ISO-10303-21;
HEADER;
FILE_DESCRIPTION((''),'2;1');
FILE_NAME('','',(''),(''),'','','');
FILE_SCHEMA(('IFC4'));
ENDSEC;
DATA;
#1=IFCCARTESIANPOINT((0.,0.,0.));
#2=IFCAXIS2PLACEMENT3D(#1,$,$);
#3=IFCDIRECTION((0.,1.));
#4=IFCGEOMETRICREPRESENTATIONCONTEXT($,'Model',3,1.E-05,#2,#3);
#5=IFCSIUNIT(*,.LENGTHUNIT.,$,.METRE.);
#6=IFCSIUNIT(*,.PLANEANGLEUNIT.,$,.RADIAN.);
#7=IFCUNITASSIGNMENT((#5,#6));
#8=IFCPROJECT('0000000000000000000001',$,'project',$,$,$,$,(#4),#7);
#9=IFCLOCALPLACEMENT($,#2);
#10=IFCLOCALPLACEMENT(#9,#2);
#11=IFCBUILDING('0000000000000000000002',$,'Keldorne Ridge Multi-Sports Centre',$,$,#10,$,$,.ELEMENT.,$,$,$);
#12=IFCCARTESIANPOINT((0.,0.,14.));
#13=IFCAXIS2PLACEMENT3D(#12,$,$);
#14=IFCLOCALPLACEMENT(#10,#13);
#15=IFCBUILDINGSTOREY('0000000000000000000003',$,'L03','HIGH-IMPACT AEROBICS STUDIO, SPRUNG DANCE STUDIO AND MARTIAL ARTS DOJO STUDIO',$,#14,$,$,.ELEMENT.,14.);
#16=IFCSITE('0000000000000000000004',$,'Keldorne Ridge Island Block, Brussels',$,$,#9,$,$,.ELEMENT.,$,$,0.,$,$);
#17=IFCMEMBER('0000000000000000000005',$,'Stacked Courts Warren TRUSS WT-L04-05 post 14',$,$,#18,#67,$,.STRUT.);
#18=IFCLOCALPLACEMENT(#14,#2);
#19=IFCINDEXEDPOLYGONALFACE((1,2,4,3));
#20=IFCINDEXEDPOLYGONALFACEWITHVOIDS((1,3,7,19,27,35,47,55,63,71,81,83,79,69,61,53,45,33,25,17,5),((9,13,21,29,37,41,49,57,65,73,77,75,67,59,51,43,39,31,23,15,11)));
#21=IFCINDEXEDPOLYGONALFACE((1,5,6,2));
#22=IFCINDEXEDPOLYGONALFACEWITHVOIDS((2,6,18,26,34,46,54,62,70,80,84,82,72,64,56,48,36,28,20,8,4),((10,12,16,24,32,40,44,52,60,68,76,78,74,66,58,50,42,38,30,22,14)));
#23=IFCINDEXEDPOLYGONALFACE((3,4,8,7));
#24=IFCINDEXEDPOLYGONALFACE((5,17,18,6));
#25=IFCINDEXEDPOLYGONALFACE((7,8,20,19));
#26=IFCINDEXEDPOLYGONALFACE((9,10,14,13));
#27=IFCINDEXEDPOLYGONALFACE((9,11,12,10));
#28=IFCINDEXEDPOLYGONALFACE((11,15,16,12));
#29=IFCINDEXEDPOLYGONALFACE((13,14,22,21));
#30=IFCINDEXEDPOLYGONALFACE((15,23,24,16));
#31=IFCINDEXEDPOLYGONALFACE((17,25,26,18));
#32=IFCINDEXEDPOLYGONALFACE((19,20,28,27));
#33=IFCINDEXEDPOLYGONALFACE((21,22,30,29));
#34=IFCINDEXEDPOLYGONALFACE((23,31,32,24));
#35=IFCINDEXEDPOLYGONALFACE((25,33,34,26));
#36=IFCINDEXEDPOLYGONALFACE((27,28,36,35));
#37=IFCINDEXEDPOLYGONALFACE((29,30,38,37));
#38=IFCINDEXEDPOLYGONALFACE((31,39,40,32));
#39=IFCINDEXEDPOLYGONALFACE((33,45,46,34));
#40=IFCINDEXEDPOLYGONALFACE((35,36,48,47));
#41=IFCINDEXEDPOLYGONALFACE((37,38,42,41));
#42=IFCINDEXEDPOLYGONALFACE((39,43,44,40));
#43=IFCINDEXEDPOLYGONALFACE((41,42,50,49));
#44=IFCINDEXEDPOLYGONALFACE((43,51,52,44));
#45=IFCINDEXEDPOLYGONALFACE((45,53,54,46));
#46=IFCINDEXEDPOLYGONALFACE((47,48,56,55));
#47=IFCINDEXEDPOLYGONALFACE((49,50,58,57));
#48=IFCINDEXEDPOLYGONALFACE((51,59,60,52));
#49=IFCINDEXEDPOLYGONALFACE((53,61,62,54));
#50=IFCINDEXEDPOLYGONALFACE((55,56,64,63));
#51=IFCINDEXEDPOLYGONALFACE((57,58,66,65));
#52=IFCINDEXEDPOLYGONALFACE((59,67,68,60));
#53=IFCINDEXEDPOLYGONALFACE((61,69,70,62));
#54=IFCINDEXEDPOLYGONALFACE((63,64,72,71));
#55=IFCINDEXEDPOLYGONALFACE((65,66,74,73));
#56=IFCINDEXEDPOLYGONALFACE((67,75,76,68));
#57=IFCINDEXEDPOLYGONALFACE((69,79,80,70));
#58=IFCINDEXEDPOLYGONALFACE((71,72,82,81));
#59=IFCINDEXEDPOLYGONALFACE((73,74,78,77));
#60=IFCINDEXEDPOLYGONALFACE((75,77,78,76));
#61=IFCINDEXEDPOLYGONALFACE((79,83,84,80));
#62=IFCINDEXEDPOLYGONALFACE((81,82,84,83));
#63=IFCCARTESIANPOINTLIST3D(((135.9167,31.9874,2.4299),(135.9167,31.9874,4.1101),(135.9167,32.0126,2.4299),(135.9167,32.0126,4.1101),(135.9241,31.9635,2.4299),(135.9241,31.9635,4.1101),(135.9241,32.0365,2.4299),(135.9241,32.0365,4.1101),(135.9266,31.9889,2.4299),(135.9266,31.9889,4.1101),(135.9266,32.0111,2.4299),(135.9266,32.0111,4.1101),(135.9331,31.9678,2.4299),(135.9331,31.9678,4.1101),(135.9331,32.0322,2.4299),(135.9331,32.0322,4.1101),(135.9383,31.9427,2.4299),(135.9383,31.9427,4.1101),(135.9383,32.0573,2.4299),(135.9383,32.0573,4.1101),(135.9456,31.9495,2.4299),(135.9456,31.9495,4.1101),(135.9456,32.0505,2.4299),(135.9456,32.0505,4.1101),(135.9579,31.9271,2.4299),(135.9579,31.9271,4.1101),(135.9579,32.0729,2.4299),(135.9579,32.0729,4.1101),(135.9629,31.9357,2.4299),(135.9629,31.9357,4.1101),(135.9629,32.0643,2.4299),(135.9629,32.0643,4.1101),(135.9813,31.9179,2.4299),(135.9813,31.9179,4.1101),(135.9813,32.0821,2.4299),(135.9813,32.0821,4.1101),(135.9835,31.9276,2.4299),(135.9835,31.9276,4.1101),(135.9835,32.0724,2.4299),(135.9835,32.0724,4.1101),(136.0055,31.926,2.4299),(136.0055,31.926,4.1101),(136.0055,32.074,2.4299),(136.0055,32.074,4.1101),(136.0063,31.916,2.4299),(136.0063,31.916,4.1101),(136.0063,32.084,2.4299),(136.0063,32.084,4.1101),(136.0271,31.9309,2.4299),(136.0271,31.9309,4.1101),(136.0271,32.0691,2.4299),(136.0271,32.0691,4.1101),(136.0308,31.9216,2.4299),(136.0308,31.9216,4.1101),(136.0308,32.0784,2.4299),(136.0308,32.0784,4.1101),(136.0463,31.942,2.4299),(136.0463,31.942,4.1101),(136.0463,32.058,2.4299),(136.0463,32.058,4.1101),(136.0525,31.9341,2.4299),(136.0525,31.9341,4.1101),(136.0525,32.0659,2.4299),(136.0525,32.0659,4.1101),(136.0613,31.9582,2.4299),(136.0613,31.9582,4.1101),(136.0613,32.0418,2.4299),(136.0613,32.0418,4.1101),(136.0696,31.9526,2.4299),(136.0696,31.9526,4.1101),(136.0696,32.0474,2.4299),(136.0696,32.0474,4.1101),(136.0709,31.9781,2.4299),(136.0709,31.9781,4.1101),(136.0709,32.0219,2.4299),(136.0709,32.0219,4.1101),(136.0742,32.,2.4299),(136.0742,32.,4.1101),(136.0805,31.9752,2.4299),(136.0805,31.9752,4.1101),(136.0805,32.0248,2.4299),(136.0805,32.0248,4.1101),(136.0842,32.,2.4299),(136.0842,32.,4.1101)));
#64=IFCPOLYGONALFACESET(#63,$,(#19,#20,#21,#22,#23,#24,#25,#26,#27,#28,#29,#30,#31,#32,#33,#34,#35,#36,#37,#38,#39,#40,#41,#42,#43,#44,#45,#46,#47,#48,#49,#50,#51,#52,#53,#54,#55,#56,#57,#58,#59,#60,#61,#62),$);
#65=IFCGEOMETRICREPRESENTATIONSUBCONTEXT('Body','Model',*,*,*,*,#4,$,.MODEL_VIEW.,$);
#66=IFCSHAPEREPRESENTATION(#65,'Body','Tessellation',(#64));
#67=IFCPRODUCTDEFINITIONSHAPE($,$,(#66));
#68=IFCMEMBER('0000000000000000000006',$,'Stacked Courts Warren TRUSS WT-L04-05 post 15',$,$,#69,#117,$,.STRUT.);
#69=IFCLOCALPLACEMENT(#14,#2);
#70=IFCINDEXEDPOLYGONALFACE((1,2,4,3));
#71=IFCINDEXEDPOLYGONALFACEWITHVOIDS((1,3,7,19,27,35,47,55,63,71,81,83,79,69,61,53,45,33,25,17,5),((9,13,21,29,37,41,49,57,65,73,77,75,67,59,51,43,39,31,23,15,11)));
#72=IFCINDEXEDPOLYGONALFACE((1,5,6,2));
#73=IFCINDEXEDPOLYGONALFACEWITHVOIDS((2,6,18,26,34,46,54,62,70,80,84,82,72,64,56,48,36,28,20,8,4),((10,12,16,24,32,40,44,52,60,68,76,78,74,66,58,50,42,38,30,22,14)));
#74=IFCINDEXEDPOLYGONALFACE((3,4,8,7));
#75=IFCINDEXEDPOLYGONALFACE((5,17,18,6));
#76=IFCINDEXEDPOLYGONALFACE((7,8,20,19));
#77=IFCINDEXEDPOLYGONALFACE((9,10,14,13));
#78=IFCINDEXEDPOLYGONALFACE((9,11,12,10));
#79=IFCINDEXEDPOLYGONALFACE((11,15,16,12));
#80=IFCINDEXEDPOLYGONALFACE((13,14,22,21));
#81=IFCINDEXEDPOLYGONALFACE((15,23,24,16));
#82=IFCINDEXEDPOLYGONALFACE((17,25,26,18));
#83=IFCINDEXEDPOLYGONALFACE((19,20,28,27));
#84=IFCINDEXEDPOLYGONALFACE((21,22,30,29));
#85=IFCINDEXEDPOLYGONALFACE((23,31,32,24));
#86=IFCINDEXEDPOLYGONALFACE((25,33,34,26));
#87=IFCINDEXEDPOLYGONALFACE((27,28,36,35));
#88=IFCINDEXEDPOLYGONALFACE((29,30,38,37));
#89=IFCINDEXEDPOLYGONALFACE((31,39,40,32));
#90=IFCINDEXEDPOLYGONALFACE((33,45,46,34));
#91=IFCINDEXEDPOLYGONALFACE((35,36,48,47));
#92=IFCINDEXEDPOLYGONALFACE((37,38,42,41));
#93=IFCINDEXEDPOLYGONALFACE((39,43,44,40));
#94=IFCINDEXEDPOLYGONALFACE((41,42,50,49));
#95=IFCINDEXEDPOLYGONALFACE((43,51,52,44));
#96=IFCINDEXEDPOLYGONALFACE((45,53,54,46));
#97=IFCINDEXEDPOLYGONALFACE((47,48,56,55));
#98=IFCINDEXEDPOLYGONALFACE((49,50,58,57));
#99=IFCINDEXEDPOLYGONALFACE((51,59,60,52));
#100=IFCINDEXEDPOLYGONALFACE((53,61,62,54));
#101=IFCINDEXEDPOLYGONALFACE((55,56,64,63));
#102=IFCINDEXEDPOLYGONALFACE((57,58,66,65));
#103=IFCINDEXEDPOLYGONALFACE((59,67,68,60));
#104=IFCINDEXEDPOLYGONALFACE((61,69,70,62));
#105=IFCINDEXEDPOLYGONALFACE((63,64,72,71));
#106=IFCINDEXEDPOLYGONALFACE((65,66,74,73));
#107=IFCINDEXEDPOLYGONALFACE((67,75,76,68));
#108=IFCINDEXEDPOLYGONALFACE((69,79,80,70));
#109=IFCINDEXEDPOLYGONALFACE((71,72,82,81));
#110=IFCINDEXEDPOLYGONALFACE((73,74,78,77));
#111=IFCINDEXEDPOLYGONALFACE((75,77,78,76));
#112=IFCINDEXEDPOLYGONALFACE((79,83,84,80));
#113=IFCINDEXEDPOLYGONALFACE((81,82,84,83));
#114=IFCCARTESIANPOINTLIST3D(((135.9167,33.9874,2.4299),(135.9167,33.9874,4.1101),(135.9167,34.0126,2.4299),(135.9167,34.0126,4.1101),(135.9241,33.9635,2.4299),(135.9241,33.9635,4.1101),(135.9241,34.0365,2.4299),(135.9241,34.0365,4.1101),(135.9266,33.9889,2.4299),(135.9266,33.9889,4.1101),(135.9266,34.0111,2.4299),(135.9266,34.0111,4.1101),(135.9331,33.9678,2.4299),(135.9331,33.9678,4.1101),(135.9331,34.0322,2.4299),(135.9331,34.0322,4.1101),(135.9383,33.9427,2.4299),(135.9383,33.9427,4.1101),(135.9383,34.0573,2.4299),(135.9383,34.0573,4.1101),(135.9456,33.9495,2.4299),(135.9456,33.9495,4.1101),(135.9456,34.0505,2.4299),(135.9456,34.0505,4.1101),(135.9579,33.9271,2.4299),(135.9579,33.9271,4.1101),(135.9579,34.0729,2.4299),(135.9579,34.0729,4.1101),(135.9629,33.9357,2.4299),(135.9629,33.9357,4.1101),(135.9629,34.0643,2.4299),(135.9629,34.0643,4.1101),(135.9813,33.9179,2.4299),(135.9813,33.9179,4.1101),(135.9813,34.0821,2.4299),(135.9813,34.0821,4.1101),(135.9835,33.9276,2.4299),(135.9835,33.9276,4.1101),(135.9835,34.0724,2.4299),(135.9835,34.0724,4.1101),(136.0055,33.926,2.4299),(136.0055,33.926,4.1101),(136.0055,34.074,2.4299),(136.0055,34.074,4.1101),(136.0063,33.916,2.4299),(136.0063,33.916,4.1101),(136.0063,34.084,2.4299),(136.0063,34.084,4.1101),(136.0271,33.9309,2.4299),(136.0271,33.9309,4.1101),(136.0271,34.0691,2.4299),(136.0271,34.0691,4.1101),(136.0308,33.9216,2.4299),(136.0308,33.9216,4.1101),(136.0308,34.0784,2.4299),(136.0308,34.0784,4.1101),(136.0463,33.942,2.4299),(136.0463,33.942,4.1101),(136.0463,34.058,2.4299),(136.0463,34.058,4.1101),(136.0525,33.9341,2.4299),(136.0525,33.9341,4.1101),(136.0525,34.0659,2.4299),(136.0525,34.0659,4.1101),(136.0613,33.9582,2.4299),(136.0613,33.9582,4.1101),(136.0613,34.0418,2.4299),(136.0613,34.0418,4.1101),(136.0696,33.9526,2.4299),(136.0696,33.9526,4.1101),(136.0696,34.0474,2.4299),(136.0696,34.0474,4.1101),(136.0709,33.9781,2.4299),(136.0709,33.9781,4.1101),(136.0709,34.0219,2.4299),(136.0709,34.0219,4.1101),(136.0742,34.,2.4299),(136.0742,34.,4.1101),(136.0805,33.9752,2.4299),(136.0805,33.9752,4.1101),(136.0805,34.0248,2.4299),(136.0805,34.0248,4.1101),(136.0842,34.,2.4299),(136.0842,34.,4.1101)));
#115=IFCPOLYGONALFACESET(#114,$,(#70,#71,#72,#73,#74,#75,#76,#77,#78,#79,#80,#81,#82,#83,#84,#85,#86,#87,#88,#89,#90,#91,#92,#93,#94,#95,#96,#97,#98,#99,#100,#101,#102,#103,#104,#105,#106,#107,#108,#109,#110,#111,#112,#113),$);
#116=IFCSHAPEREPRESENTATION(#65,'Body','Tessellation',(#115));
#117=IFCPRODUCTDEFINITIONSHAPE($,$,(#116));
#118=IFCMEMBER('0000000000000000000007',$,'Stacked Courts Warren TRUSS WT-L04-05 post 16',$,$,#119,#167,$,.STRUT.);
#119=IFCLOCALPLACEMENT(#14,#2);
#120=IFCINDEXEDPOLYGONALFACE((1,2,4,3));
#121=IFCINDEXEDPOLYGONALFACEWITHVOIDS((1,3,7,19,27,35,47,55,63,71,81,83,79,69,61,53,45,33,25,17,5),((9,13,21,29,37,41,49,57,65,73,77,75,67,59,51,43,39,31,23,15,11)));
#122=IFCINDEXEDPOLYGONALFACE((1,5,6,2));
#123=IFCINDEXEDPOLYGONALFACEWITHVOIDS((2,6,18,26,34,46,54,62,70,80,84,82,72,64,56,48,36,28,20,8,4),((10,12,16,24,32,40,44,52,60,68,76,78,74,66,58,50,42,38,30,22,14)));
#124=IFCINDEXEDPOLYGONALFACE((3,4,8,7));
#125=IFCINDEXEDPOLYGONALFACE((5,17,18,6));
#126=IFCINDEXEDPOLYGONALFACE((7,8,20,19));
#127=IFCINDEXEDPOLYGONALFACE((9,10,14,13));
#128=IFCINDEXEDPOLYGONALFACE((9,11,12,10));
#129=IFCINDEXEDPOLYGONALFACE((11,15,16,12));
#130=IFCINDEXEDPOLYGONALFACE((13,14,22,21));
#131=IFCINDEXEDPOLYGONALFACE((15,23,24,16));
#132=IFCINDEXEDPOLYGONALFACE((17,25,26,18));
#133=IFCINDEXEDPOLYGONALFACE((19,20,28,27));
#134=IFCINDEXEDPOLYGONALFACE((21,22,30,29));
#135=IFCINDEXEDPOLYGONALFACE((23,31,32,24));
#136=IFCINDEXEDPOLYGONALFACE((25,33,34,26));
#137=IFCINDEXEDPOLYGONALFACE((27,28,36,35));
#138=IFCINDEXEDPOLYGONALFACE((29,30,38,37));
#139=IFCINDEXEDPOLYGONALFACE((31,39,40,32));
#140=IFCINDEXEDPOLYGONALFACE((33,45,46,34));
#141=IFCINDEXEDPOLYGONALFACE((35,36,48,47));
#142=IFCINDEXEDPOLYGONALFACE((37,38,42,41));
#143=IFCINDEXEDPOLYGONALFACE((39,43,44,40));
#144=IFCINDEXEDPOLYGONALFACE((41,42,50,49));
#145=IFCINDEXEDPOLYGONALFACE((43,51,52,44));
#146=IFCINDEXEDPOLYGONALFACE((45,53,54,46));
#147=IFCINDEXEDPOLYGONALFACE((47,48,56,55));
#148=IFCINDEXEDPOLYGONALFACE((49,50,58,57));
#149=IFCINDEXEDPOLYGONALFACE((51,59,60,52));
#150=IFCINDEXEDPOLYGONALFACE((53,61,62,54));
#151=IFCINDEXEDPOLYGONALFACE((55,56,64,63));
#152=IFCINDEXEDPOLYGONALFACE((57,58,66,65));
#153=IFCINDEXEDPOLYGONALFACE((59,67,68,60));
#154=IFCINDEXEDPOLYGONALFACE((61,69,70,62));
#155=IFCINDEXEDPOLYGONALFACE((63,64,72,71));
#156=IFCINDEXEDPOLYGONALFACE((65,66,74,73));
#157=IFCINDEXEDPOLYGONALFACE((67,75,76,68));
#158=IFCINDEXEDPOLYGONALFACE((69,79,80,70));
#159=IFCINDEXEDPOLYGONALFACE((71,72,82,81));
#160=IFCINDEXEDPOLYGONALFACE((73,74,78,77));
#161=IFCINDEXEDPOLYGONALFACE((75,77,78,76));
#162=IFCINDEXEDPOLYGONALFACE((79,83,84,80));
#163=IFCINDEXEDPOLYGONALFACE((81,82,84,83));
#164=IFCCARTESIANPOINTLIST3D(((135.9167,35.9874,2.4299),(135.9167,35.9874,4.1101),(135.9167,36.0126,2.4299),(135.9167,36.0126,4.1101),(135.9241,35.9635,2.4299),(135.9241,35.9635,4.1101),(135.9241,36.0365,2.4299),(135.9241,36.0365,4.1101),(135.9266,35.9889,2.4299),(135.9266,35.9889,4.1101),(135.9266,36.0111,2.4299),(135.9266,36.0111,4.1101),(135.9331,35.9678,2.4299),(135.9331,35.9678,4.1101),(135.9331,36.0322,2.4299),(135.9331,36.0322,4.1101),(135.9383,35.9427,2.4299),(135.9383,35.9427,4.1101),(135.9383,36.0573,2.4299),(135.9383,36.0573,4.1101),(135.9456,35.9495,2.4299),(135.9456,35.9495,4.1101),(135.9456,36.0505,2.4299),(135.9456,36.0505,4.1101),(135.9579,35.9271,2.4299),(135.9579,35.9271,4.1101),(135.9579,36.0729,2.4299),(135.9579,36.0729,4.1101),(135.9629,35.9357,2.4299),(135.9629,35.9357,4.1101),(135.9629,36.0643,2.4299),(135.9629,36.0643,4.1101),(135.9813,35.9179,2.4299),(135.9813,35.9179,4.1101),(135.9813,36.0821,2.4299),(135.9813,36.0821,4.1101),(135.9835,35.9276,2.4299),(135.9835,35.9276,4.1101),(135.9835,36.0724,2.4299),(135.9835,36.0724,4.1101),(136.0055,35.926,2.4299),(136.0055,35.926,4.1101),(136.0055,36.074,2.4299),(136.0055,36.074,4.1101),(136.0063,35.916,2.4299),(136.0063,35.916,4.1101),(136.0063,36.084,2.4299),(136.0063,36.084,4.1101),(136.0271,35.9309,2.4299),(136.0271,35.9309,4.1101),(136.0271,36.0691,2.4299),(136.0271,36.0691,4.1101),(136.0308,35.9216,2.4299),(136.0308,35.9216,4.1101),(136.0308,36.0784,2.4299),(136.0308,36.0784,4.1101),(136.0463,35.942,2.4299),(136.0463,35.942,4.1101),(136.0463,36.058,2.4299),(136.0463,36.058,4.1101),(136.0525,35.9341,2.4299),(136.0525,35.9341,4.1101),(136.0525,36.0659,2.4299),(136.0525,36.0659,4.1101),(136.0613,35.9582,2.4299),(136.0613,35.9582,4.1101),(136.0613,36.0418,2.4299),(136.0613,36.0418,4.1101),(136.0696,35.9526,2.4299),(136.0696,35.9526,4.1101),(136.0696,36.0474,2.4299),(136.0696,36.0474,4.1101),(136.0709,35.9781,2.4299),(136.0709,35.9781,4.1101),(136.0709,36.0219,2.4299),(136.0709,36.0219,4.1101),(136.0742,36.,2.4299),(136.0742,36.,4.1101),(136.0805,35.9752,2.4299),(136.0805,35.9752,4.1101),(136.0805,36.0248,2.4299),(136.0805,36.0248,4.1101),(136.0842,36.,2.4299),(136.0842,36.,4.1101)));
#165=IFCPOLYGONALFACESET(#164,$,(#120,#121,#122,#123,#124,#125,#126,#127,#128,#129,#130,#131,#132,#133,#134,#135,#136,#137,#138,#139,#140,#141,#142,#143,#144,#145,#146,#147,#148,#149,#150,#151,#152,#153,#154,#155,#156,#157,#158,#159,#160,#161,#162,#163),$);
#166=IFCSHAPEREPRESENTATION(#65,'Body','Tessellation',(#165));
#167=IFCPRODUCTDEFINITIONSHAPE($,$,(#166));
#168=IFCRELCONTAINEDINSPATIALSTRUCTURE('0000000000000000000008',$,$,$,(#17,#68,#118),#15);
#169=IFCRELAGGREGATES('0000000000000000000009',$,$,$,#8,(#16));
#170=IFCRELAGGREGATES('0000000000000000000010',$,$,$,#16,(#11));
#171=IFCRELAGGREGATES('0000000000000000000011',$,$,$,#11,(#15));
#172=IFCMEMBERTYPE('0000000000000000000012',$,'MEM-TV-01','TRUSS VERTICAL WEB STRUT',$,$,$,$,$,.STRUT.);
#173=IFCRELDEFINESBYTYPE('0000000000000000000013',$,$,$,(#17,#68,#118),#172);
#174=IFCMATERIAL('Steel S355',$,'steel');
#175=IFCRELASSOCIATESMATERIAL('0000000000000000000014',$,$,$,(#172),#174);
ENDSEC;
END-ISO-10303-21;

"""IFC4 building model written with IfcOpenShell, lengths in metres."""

from ifc_helpers import new_model, si_unit, direction, frame, origin, origin_2d, place, context, subcontext, project, spatial, hollow_circle, extrude, material, material_profile, profile_set, type_object, element, save


model = new_model("IFC4")

# Units and contexts
model_context = context("Model", 3, precision=1e-05, world=origin(), true_north=direction((0.0, 1.0)))
body_context = subcontext(model_context, "Body", "Model", "MODEL_VIEW")
ifc_project = project(units=[si_unit("LENGTHUNIT", "METRE"), si_unit("PLANEANGLEUNIT", "RADIAN")], contexts=[model_context])

# Site, building, storey
site_placement = place(None, origin())
site = spatial("IfcSite", under=ifc_project, at=site_placement, Name="Keldorne Ridge Island Block, Brussels", CompositionType="ELEMENT", RefElevation=0.0)
building_placement = place(site_placement, origin())
building = spatial("IfcBuilding", under=site, at=building_placement, Name="Keldorne Ridge Multi-Sports Centre", CompositionType="ELEMENT")
storey_placement = place(building_placement, frame((0.0, 0.0, 14.0)))
storey = spatial("IfcBuildingStorey", under=building, at=storey_placement, Name="L03", Description="HIGH-IMPACT AEROBICS STUDIO, SPRUNG DANCE STUDIO AND MARTIAL ARTS DOJO STUDIO", CompositionType="ELEMENT", Elevation=14.0)

# Members
ifc_material = material(Name="Steel S355", Category="steel")
ifc_material_profile_1 = material_profile(ifc_material, hollow_circle(Radius=0.0842, WallThickness=0.01, at=origin_2d()), Name="CHS 168.3x10")
ifc_profile_set_1 = profile_set([ifc_material_profile_1], Name="Steel S355")
member_type_1 = type_object("IfcMemberType", Name="MEM-TV-01", Description="TRUSS VERTICAL WEB STRUT", PredefinedType="STRUT", material=ifc_profile_set_1)
for number, where, z_axis, x_axis, name in (
    (1, (136.0, 32.0, 2.4299), (0.0, 0.0, 1.0), (1.0, 0.0, 0.0), "Stacked Courts Warren TRUSS WT-L04-05 post 14"),
    (2, (136.0, 34.0, 2.4299), (0.0, 0.0, 1.0), (1.0, 0.0, 0.0), "Stacked Courts Warren TRUSS WT-L04-05 post 15"),
    (3, (136.0, 36.0, 2.4299), (0.0, 0.0, 1.0), (1.0, 0.0, 0.0), "Stacked Courts Warren TRUSS WT-L04-05 post 16"),
):
    element("IfcMember", number, at=place(storey_placement, frame(where, z_axis=z_axis, x_axis=x_axis)), inside=storey, type_object=member_type_1, Name=name, PredefinedType="STRUT", context=body_context, shape_type="SweptSolid", body=[
        extrude(hollow_circle(Radius=0.0842, WallThickness=0.01, at=origin_2d()), origin(), (0.0, 0.0, 1.0), 1.6802),
    ])

save(model, "model.ifc")
